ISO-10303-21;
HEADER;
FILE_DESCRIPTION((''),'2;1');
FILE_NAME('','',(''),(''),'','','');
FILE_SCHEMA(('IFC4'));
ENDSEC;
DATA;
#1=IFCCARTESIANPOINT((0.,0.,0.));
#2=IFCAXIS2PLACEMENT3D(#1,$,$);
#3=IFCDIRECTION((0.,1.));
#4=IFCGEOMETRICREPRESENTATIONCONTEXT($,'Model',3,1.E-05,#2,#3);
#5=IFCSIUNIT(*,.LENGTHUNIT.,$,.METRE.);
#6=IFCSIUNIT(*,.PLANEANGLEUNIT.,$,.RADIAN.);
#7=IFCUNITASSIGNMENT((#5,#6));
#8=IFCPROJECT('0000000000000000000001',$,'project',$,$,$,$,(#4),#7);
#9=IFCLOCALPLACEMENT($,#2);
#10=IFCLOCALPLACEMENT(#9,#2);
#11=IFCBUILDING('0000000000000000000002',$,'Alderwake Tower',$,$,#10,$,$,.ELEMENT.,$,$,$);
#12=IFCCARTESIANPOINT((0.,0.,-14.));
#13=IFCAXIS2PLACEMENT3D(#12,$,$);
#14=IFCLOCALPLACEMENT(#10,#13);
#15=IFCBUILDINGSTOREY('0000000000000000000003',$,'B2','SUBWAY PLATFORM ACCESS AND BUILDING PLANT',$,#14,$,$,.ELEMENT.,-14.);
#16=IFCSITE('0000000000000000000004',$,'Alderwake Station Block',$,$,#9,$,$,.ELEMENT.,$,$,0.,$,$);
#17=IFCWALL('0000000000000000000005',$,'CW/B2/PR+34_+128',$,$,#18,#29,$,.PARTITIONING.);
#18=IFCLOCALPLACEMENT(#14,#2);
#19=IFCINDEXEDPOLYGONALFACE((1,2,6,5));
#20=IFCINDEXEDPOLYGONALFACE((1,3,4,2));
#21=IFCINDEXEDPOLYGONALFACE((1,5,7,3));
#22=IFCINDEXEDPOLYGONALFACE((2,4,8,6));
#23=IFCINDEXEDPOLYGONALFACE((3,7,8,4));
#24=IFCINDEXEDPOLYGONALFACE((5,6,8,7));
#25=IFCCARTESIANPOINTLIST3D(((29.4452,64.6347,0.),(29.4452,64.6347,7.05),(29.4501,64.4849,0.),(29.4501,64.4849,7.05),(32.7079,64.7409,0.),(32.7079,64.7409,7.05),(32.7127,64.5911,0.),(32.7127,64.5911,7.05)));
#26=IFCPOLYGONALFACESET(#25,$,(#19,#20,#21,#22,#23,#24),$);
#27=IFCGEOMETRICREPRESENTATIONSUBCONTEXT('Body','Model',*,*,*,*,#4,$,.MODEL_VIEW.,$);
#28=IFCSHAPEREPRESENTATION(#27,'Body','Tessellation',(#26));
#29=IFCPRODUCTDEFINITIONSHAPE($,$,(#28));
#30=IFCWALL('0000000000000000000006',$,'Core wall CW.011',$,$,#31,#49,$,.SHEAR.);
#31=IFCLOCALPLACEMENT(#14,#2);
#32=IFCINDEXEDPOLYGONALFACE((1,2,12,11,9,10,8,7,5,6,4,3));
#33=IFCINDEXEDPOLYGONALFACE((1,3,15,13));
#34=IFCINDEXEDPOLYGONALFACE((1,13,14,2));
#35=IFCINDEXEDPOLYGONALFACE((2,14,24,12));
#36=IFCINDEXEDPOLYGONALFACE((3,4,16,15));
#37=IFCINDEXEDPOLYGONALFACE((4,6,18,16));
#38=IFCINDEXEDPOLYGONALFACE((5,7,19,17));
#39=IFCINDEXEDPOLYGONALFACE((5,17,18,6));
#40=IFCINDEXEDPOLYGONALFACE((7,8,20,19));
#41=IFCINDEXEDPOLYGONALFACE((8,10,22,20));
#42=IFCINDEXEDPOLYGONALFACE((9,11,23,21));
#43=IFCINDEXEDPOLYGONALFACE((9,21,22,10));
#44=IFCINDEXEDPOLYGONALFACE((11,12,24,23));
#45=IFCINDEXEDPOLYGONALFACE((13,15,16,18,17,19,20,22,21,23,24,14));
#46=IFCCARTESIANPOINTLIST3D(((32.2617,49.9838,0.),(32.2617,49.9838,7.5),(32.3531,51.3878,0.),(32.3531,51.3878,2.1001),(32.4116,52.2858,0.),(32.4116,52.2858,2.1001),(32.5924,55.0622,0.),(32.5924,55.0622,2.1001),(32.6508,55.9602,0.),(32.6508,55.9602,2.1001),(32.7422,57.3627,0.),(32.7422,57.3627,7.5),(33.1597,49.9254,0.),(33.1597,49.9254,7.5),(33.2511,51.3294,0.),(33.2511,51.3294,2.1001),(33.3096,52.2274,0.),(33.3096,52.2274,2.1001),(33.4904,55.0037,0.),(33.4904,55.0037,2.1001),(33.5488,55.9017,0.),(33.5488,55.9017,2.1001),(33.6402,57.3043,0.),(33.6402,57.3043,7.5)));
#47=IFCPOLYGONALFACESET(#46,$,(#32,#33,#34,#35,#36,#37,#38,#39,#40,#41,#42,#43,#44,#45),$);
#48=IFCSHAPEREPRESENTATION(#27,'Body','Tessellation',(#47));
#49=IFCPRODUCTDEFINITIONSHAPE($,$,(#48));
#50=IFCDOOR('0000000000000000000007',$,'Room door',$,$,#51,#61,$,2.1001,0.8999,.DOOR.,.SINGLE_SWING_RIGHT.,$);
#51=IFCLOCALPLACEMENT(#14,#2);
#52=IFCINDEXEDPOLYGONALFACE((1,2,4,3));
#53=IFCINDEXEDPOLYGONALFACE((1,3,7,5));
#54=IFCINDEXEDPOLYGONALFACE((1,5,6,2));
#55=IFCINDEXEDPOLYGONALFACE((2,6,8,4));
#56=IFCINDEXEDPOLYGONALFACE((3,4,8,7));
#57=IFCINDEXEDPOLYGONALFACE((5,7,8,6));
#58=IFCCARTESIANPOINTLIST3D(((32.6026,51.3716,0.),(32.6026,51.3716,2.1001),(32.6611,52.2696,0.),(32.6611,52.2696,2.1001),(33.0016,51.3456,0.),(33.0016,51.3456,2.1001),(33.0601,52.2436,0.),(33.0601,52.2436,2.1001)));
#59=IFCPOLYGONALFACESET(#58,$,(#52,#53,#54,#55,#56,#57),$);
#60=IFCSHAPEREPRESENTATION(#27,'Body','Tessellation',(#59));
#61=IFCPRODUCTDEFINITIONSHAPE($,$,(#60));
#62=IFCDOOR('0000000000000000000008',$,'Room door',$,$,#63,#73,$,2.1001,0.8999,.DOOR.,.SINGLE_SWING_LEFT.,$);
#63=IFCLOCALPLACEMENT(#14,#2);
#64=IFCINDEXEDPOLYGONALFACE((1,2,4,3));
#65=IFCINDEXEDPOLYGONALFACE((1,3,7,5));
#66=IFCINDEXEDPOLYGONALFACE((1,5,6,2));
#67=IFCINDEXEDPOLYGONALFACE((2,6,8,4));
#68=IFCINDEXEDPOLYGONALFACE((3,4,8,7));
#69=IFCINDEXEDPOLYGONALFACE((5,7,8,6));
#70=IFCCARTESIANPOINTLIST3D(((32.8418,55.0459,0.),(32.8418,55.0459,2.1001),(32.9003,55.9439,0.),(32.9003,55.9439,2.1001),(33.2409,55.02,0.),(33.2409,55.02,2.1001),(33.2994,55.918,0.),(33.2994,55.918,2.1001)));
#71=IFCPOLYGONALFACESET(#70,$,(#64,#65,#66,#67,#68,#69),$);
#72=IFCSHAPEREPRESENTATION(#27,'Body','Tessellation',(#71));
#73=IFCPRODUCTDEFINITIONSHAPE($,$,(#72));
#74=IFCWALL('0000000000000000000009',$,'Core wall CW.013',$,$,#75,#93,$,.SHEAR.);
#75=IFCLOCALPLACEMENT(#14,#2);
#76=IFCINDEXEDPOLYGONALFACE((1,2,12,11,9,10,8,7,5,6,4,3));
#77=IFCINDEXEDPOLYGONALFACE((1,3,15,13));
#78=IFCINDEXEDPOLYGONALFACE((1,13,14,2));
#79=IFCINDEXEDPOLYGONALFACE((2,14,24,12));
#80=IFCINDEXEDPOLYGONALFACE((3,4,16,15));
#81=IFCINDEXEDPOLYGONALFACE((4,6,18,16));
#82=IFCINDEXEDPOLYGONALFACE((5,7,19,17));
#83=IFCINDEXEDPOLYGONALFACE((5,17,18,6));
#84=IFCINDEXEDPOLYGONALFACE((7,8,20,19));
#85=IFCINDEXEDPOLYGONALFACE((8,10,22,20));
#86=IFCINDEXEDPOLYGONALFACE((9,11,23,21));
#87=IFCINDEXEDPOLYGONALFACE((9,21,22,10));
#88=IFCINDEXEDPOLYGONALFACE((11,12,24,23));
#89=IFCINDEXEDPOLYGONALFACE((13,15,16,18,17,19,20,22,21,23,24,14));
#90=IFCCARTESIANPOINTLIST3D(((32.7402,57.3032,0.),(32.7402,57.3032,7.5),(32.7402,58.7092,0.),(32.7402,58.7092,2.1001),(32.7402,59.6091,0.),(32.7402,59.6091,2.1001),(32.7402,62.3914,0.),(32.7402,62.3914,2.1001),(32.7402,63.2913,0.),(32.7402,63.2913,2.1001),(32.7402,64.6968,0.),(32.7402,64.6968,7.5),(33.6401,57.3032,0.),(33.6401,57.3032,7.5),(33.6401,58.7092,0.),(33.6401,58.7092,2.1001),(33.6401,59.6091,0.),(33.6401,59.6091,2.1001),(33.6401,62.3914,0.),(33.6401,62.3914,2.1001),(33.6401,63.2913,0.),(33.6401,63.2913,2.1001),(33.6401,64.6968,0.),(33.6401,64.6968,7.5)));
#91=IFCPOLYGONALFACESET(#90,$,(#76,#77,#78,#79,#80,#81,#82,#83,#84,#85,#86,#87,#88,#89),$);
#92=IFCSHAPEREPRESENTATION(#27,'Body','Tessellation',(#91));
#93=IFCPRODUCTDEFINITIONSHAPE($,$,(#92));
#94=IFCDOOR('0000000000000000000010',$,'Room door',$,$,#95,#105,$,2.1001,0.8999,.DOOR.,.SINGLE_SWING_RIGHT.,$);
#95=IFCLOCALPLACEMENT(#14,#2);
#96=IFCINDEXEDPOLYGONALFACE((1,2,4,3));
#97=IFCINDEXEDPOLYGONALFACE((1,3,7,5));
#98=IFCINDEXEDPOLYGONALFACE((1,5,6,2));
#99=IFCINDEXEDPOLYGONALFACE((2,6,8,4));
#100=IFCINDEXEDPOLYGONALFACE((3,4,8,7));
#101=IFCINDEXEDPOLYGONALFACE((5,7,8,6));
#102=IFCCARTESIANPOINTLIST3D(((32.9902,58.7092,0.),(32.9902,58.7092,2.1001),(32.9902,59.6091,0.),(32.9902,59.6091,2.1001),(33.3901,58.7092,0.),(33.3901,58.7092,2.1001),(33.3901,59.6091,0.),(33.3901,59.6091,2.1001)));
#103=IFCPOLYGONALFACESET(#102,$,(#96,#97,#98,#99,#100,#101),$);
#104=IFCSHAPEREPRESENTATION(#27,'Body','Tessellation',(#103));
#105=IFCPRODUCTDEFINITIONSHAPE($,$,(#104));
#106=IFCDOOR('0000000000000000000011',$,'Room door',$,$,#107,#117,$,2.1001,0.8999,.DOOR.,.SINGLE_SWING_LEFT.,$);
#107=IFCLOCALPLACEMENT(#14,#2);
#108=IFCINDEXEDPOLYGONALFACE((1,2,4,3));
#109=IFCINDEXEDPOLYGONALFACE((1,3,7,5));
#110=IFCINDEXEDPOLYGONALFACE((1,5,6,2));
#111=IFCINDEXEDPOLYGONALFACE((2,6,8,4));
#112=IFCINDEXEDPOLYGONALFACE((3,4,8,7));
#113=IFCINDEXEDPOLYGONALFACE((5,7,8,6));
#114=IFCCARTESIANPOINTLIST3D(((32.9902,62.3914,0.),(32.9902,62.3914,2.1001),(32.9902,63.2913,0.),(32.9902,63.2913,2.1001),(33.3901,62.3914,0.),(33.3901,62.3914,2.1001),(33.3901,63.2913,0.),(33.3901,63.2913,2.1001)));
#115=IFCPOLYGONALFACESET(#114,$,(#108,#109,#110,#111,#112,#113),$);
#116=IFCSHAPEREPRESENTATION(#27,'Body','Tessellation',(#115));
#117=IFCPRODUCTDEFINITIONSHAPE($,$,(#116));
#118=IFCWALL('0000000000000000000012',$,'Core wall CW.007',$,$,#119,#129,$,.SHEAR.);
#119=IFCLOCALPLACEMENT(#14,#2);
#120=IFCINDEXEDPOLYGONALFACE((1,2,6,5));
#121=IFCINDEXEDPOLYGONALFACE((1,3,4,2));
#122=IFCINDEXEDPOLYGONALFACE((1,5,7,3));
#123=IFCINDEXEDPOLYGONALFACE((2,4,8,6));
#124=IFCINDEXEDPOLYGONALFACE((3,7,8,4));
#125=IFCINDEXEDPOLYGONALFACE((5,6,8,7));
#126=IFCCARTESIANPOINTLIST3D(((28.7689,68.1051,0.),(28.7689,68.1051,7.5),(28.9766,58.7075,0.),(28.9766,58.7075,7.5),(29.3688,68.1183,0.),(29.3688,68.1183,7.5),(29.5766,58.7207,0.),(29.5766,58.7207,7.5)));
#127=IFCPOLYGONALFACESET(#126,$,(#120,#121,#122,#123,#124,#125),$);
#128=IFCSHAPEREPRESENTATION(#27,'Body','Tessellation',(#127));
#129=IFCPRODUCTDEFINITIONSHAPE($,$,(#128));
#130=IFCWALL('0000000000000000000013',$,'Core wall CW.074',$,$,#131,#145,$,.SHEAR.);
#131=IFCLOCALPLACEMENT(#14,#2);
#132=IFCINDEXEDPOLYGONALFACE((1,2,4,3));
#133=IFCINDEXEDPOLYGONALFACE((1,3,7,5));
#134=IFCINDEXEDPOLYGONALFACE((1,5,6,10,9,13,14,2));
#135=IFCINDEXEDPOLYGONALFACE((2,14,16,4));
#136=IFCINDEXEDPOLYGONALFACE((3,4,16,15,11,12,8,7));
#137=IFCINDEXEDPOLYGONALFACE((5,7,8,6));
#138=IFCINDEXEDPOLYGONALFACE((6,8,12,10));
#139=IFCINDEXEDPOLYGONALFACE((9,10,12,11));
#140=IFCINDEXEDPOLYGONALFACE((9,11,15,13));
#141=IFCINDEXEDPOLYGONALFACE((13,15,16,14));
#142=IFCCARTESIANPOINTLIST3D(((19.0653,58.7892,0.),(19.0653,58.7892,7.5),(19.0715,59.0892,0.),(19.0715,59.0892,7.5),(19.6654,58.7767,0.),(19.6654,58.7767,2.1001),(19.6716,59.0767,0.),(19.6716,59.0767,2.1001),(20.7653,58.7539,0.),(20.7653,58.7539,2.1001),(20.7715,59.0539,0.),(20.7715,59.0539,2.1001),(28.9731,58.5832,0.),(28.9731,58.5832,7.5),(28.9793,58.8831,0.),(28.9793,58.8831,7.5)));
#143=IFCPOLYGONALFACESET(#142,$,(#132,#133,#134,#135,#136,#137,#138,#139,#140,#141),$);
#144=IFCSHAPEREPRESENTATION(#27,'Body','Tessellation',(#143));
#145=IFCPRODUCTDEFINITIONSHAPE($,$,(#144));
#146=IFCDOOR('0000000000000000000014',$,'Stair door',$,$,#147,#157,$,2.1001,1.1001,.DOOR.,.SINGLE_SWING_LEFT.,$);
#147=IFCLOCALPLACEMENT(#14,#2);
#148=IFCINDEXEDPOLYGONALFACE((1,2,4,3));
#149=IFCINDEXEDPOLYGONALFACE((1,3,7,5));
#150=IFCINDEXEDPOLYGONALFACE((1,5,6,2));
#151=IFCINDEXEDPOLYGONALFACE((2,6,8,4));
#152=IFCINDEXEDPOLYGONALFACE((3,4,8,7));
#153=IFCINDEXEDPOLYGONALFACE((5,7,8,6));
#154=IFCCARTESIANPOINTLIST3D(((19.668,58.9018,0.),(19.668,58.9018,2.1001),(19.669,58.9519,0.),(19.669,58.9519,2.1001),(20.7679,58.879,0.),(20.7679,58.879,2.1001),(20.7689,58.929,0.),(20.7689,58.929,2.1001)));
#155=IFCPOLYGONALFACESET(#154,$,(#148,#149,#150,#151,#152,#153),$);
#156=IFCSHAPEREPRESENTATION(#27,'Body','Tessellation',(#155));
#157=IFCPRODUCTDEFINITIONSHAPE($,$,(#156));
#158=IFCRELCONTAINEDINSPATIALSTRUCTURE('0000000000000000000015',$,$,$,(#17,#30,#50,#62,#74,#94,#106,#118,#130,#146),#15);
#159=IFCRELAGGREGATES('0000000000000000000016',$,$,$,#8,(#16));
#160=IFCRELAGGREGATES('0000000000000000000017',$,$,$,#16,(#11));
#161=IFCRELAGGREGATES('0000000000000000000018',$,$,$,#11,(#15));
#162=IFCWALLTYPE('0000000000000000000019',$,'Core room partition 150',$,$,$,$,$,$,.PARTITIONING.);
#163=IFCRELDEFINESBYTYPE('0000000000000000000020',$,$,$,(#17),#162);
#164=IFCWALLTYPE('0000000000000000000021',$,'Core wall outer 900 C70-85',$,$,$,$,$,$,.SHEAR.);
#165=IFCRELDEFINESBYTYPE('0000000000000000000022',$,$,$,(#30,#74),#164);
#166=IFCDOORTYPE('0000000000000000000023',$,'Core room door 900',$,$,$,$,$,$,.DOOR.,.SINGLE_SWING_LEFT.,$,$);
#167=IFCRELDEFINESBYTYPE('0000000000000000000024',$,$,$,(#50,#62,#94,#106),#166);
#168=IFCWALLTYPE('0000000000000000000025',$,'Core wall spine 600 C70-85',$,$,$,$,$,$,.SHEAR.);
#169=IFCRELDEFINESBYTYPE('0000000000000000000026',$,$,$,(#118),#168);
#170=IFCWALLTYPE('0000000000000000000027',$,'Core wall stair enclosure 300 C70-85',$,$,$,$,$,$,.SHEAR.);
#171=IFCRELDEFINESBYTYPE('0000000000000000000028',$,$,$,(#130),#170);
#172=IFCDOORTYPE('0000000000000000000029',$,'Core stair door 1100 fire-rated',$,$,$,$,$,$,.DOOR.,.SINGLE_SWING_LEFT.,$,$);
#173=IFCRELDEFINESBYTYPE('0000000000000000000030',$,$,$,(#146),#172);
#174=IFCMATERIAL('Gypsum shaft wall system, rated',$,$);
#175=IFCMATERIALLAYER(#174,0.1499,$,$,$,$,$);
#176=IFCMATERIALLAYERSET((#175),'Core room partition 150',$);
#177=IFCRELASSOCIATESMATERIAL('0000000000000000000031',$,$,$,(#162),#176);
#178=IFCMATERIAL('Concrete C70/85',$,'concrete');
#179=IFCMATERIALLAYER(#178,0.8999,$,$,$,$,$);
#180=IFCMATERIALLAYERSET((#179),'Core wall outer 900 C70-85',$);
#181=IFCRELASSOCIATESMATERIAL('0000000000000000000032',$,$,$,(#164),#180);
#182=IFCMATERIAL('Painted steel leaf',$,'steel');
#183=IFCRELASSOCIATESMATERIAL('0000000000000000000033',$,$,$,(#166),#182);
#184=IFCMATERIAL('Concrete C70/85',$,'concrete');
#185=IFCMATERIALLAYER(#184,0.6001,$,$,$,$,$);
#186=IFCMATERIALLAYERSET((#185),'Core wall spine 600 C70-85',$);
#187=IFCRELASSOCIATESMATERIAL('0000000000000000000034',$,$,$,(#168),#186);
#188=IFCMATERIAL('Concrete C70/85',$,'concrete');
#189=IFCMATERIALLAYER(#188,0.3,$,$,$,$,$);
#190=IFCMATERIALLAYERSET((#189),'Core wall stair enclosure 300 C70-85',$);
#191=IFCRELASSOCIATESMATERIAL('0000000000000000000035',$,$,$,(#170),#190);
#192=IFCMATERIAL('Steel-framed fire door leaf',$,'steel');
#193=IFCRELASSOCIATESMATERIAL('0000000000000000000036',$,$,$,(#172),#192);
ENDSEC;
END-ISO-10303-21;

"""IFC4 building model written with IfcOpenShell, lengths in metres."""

from ifc_helpers import new_model, si_unit, direction, frame, frame_2d, origin, place, context, subcontext, project, spatial, rectangle, extrude, material, layer, layer_set, type_object, element, fill, save


model = new_model("IFC4")

# Units and contexts
model_context = context("Model", 3, precision=1e-05, world=origin(), true_north=direction((0.0, 1.0)))
body_context = subcontext(model_context, "Body", "Model", "MODEL_VIEW")
ifc_project = project(units=[si_unit("LENGTHUNIT", "METRE"), si_unit("PLANEANGLEUNIT", "RADIAN")], contexts=[model_context])

# Site, building, storey
site_placement = place(None, origin())
site = spatial("IfcSite", under=ifc_project, at=site_placement, Name="Alderwake Station Block", CompositionType="ELEMENT", RefElevation=0.0)
building_placement = place(site_placement, origin())
building = spatial("IfcBuilding", under=site, at=building_placement, Name="Alderwake Tower", CompositionType="ELEMENT")
storey_placement = place(building_placement, frame((0.0, 0.0, -14.0)))
storey = spatial("IfcBuildingStorey", under=building, at=storey_placement, Name="B2", Description="SUBWAY PLATFORM ACCESS AND BUILDING PLANT", CompositionType="ELEMENT", Elevation=-14.0)

# Wall
ifc_material_1 = material(Name="Gypsum shaft wall system, rated")
ifc_layer_1 = layer(ifc_material_1, 0.1499)
ifc_layer_set_1 = layer_set([ifc_layer_1], Name="Core room partition 150")
wall_type_1 = type_object("IfcWallType", Name="Core room partition 150", PredefinedType="PARTITIONING", material=ifc_layer_set_1)
wall_1_placement = place(storey_placement, frame((29.4475, 64.5598, 0.0), z_axis=(0.0, 0.0, 1.0), x_axis=(0.999471, 0.032533, 0.0)))
element("IfcWall", 1, at=wall_1_placement, inside=storey, type_object=wall_type_1, Name="CW/B2/PR+34_+128", PredefinedType="PARTITIONING", context=body_context, shape_type="SweptSolid", body=[
    extrude(rectangle(XDim=3.2644, YDim=0.1499, at=frame_2d((1.6323, 0.0))), origin(), (0.0, 0.0, 1.0), 7.05),
])

# Walls, openings, doors
ifc_material_2 = material(Name="Concrete C70/85", Category="concrete")
ifc_layer_2 = layer(ifc_material_2, 0.8999)
ifc_layer_set_2 = layer_set([ifc_layer_2], Name="Core wall outer 900 C70-85")
wall_type_2 = type_object("IfcWallType", Name="Core wall outer 900 C70-85", PredefinedType="SHEAR", material=ifc_layer_set_2)
wall_2_placement = place(storey_placement, frame((33.1912, 57.3335, 0.0), z_axis=(0.0, 0.0, 1.0), x_axis=(-0.064976, -0.997887, 0.0)))
wall_2 = element("IfcWall", 2, at=wall_2_placement, inside=storey, type_object=wall_type_2, Name="Core wall CW.011", PredefinedType="SHEAR", context=body_context, shape_type="SweptSolid", body=[
    extrude(rectangle(XDim=7.3945, YDim=0.8999, at=frame_2d((3.6973, 0.0))), origin(), (0.0, 0.0, 1.0), 7.5),
])
opening_1_placement = place(wall_2_placement, frame((5.0876, 0.0, 0.0)))
opening_1 = element("IfcOpeningElement", 3, at=opening_1_placement, cuts=wall_2, PredefinedType="OPENING", context=body_context, shape_type="SweptSolid", body=[
    extrude(rectangle(XDim=0.8999, YDim=2.1001, at=frame_2d((0.45, 1.05))), frame((0.0, 0.46, 0.0), z_axis=(0.0, -1.0, 0.0), x_axis=(1.0, 0.0, 0.0)), (0.0, 0.0, 1.0), 0.9199),
])
opening_2_placement = place(wall_2_placement, frame((1.4055, 0.0, 0.0)))
opening_2 = element("IfcOpeningElement", 4, at=opening_2_placement, cuts=wall_2, PredefinedType="OPENING", context=body_context, shape_type="SweptSolid", body=[
    extrude(rectangle(XDim=0.8999, YDim=2.1001, at=frame_2d((0.45, 1.05))), frame((0.0, 0.46, 0.0), z_axis=(0.0, -1.0, 0.0), x_axis=(1.0, 0.0, 0.0)), (0.0, 0.0, 1.0), 0.9199),
])
ifc_material_3 = material(Name="Painted steel leaf", Category="steel")
door_type_1 = type_object("IfcDoorType", Name="Core room door 900", OperationType="SINGLE_SWING_LEFT", PredefinedType="DOOR", material=ifc_material_3)
door_1_placement = place(opening_1_placement, origin())
door_1 = element("IfcDoor", 5, at=door_1_placement, inside=storey, type_object=door_type_1, Name="Room door", OperationType="SINGLE_SWING_RIGHT", OverallHeight=2.1001, OverallWidth=0.8999, PredefinedType="DOOR", context=body_context, shape_type="SweptSolid", body=[
    extrude(rectangle(XDim=0.8999, YDim=2.1001, at=frame_2d((0.45, 1.05))), frame((0.0, 0.2, 0.0), z_axis=(0.0, -1.0, 0.0), x_axis=(1.0, 0.0, 0.0)), (0.0, 0.0, 1.0), 0.3999),
])
fill(opening_1, door_1)
door_2_placement = place(opening_2_placement, origin())
door_2 = element("IfcDoor", 6, at=door_2_placement, inside=storey, type_object=door_type_1, Name="Room door", OperationType="SINGLE_SWING_LEFT", OverallHeight=2.1001, OverallWidth=0.8999, PredefinedType="DOOR", context=body_context, shape_type="SweptSolid", body=[
    extrude(rectangle(XDim=0.8999, YDim=2.1001, at=frame_2d((0.45, 1.05))), frame((0.0, 0.2, 0.0), z_axis=(0.0, -1.0, 0.0), x_axis=(1.0, 0.0, 0.0)), (0.0, 0.0, 1.0), 0.3999),
])
fill(opening_2, door_2)
wall_3_placement = place(storey_placement, frame((33.1902, 64.6968, 0.0), z_axis=(0.0, 0.0, 1.0), x_axis=(0.0, -1.0, 0.0)))
wall_3 = element("IfcWall", 7, at=wall_3_placement, inside=storey, type_object=wall_type_2, Name="Core wall CW.013", PredefinedType="SHEAR", context=body_context, shape_type="SweptSolid", body=[
    extrude(rectangle(XDim=7.3936, YDim=0.8999, at=frame_2d((3.6968, 0.0))), origin(), (0.0, 0.0, 1.0), 7.5),
])
opening_3_placement = place(wall_3_placement, frame((5.0876, 0.0, 0.0)))
opening_3 = element("IfcOpeningElement", 8, at=opening_3_placement, cuts=wall_3, PredefinedType="OPENING", context=body_context, shape_type="SweptSolid", body=[
    extrude(rectangle(XDim=0.8999, YDim=2.1001, at=frame_2d((0.45, 1.05))), frame((0.0, 0.46, 0.0), z_axis=(0.0, -1.0, 0.0), x_axis=(1.0, 0.0, 0.0)), (0.0, 0.0, 1.0), 0.9199),
])
opening_4_placement = place(wall_3_placement, frame((1.4055, 0.0, 0.0)))
opening_4 = element("IfcOpeningElement", 9, at=opening_4_placement, cuts=wall_3, PredefinedType="OPENING", context=body_context, shape_type="SweptSolid", body=[
    extrude(rectangle(XDim=0.8999, YDim=2.1001, at=frame_2d((0.45, 1.05))), frame((0.0, 0.46, 0.0), z_axis=(0.0, -1.0, 0.0), x_axis=(1.0, 0.0, 0.0)), (0.0, 0.0, 1.0), 0.9199),
])
door_3_placement = place(opening_3_placement, origin())
door_3 = element("IfcDoor", 10, at=door_3_placement, inside=storey, type_object=door_type_1, Name="Room door", OperationType="SINGLE_SWING_RIGHT", OverallHeight=2.1001, OverallWidth=0.8999, PredefinedType="DOOR", context=body_context, shape_type="SweptSolid", body=[
    extrude(rectangle(XDim=0.8999, YDim=2.1001, at=frame_2d((0.45, 1.05))), frame((0.0, 0.2, 0.0), z_axis=(0.0, -1.0, 0.0), x_axis=(1.0, 0.0, 0.0)), (0.0, 0.0, 1.0), 0.3999),
])
fill(opening_3, door_3)
door_4_placement = place(opening_4_placement, origin())
door_4 = element("IfcDoor", 11, at=door_4_placement, inside=storey, type_object=door_type_1, Name="Room door", OperationType="SINGLE_SWING_LEFT", OverallHeight=2.1001, OverallWidth=0.8999, PredefinedType="DOOR", context=body_context, shape_type="SweptSolid", body=[
    extrude(rectangle(XDim=0.8999, YDim=2.1001, at=frame_2d((0.45, 1.05))), frame((0.0, 0.2, 0.0), z_axis=(0.0, -1.0, 0.0), x_axis=(1.0, 0.0, 0.0)), (0.0, 0.0, 1.0), 0.3999),
])
fill(opening_4, door_4)

# Wall
ifc_material_4 = material(Name="Concrete C70/85", Category="concrete")
ifc_layer_3 = layer(ifc_material_4, 0.6001)
ifc_layer_set_3 = layer_set([ifc_layer_3], Name="Core wall spine 600 C70-85")
wall_type_3 = type_object("IfcWallType", Name="Core wall spine 600 C70-85", PredefinedType="SHEAR", material=ifc_layer_set_3)
wall_4_placement = place(storey_placement, frame((29.2766, 58.7141, 0.0), z_axis=(0.0, 0.0, 1.0), x_axis=(-0.022103, 0.999756, 0.0)))
element("IfcWall", 12, at=wall_4_placement, inside=storey, type_object=wall_type_3, Name="Core wall CW.007", PredefinedType="SHEAR", context=body_context, shape_type="SweptSolid", body=[
    extrude(rectangle(XDim=9.3999, YDim=0.6001, at=frame_2d((4.7, 0.0))), origin(), (0.0, 0.0, 1.0), 7.5),
])

# Wall, opening, door
ifc_material_5 = material(Name="Concrete C70/85", Category="concrete")
ifc_layer_4 = layer(ifc_material_5, 0.3)
ifc_layer_set_4 = layer_set([ifc_layer_4], Name="Core wall stair enclosure 300 C70-85")
wall_type_4 = type_object("IfcWallType", Name="Core wall stair enclosure 300 C70-85", PredefinedType="SHEAR", material=ifc_layer_set_4)
wall_5_placement = place(storey_placement, frame((28.9763, 58.7332, 0.0), z_axis=(0.0, 0.0, 1.0), x_axis=(-0.999784, 0.020793, 0.0)))
wall_5 = element("IfcWall", 13, at=wall_5_placement, inside=storey, type_object=wall_type_4, Name="Core wall CW.074", PredefinedType="SHEAR", context=body_context, shape_type="SweptSolid", body=[
    extrude(rectangle(XDim=9.9099, YDim=0.3, at=frame_2d((4.9551, 0.0))), origin(), (0.0, 0.0, 1.0), 7.5),
])
opening_5_placement = place(wall_5_placement, frame((8.2097, 0.0, 0.0)))
opening_5 = element("IfcOpeningElement", 14, at=opening_5_placement, cuts=wall_5, PredefinedType="OPENING", context=body_context, shape_type="SweptSolid", body=[
    extrude(rectangle(XDim=1.1001, YDim=2.1001, at=frame_2d((0.55, 1.05))), frame((0.0, 0.1599, 0.0), z_axis=(0.0, -1.0, 0.0), x_axis=(1.0, 0.0, 0.0)), (0.0, 0.0, 1.0), 0.3201),
])
ifc_material_6 = material(Name="Steel-framed fire door leaf", Category="steel")
door_type_2 = type_object("IfcDoorType", Name="Core stair door 1100 fire-rated", OperationType="SINGLE_SWING_LEFT", PredefinedType="DOOR", material=ifc_material_6)
door_5_placement = place(opening_5_placement, origin())
door_5 = element("IfcDoor", 15, at=door_5_placement, inside=storey, type_object=door_type_2, Name="Stair door", OperationType="SINGLE_SWING_LEFT", OverallHeight=2.1001, OverallWidth=1.1001, PredefinedType="DOOR", context=body_context, shape_type="SweptSolid", body=[
    extrude(rectangle(XDim=1.1001, YDim=2.1001, at=frame_2d((0.55, 1.05))), frame((0.0, 0.0249, 0.0), z_axis=(0.0, -1.0, 0.0), x_axis=(1.0, 0.0, 0.0)), (0.0, 0.0, 1.0), 0.05),
])
fill(opening_5, door_5)

save(model, "model.ifc")
